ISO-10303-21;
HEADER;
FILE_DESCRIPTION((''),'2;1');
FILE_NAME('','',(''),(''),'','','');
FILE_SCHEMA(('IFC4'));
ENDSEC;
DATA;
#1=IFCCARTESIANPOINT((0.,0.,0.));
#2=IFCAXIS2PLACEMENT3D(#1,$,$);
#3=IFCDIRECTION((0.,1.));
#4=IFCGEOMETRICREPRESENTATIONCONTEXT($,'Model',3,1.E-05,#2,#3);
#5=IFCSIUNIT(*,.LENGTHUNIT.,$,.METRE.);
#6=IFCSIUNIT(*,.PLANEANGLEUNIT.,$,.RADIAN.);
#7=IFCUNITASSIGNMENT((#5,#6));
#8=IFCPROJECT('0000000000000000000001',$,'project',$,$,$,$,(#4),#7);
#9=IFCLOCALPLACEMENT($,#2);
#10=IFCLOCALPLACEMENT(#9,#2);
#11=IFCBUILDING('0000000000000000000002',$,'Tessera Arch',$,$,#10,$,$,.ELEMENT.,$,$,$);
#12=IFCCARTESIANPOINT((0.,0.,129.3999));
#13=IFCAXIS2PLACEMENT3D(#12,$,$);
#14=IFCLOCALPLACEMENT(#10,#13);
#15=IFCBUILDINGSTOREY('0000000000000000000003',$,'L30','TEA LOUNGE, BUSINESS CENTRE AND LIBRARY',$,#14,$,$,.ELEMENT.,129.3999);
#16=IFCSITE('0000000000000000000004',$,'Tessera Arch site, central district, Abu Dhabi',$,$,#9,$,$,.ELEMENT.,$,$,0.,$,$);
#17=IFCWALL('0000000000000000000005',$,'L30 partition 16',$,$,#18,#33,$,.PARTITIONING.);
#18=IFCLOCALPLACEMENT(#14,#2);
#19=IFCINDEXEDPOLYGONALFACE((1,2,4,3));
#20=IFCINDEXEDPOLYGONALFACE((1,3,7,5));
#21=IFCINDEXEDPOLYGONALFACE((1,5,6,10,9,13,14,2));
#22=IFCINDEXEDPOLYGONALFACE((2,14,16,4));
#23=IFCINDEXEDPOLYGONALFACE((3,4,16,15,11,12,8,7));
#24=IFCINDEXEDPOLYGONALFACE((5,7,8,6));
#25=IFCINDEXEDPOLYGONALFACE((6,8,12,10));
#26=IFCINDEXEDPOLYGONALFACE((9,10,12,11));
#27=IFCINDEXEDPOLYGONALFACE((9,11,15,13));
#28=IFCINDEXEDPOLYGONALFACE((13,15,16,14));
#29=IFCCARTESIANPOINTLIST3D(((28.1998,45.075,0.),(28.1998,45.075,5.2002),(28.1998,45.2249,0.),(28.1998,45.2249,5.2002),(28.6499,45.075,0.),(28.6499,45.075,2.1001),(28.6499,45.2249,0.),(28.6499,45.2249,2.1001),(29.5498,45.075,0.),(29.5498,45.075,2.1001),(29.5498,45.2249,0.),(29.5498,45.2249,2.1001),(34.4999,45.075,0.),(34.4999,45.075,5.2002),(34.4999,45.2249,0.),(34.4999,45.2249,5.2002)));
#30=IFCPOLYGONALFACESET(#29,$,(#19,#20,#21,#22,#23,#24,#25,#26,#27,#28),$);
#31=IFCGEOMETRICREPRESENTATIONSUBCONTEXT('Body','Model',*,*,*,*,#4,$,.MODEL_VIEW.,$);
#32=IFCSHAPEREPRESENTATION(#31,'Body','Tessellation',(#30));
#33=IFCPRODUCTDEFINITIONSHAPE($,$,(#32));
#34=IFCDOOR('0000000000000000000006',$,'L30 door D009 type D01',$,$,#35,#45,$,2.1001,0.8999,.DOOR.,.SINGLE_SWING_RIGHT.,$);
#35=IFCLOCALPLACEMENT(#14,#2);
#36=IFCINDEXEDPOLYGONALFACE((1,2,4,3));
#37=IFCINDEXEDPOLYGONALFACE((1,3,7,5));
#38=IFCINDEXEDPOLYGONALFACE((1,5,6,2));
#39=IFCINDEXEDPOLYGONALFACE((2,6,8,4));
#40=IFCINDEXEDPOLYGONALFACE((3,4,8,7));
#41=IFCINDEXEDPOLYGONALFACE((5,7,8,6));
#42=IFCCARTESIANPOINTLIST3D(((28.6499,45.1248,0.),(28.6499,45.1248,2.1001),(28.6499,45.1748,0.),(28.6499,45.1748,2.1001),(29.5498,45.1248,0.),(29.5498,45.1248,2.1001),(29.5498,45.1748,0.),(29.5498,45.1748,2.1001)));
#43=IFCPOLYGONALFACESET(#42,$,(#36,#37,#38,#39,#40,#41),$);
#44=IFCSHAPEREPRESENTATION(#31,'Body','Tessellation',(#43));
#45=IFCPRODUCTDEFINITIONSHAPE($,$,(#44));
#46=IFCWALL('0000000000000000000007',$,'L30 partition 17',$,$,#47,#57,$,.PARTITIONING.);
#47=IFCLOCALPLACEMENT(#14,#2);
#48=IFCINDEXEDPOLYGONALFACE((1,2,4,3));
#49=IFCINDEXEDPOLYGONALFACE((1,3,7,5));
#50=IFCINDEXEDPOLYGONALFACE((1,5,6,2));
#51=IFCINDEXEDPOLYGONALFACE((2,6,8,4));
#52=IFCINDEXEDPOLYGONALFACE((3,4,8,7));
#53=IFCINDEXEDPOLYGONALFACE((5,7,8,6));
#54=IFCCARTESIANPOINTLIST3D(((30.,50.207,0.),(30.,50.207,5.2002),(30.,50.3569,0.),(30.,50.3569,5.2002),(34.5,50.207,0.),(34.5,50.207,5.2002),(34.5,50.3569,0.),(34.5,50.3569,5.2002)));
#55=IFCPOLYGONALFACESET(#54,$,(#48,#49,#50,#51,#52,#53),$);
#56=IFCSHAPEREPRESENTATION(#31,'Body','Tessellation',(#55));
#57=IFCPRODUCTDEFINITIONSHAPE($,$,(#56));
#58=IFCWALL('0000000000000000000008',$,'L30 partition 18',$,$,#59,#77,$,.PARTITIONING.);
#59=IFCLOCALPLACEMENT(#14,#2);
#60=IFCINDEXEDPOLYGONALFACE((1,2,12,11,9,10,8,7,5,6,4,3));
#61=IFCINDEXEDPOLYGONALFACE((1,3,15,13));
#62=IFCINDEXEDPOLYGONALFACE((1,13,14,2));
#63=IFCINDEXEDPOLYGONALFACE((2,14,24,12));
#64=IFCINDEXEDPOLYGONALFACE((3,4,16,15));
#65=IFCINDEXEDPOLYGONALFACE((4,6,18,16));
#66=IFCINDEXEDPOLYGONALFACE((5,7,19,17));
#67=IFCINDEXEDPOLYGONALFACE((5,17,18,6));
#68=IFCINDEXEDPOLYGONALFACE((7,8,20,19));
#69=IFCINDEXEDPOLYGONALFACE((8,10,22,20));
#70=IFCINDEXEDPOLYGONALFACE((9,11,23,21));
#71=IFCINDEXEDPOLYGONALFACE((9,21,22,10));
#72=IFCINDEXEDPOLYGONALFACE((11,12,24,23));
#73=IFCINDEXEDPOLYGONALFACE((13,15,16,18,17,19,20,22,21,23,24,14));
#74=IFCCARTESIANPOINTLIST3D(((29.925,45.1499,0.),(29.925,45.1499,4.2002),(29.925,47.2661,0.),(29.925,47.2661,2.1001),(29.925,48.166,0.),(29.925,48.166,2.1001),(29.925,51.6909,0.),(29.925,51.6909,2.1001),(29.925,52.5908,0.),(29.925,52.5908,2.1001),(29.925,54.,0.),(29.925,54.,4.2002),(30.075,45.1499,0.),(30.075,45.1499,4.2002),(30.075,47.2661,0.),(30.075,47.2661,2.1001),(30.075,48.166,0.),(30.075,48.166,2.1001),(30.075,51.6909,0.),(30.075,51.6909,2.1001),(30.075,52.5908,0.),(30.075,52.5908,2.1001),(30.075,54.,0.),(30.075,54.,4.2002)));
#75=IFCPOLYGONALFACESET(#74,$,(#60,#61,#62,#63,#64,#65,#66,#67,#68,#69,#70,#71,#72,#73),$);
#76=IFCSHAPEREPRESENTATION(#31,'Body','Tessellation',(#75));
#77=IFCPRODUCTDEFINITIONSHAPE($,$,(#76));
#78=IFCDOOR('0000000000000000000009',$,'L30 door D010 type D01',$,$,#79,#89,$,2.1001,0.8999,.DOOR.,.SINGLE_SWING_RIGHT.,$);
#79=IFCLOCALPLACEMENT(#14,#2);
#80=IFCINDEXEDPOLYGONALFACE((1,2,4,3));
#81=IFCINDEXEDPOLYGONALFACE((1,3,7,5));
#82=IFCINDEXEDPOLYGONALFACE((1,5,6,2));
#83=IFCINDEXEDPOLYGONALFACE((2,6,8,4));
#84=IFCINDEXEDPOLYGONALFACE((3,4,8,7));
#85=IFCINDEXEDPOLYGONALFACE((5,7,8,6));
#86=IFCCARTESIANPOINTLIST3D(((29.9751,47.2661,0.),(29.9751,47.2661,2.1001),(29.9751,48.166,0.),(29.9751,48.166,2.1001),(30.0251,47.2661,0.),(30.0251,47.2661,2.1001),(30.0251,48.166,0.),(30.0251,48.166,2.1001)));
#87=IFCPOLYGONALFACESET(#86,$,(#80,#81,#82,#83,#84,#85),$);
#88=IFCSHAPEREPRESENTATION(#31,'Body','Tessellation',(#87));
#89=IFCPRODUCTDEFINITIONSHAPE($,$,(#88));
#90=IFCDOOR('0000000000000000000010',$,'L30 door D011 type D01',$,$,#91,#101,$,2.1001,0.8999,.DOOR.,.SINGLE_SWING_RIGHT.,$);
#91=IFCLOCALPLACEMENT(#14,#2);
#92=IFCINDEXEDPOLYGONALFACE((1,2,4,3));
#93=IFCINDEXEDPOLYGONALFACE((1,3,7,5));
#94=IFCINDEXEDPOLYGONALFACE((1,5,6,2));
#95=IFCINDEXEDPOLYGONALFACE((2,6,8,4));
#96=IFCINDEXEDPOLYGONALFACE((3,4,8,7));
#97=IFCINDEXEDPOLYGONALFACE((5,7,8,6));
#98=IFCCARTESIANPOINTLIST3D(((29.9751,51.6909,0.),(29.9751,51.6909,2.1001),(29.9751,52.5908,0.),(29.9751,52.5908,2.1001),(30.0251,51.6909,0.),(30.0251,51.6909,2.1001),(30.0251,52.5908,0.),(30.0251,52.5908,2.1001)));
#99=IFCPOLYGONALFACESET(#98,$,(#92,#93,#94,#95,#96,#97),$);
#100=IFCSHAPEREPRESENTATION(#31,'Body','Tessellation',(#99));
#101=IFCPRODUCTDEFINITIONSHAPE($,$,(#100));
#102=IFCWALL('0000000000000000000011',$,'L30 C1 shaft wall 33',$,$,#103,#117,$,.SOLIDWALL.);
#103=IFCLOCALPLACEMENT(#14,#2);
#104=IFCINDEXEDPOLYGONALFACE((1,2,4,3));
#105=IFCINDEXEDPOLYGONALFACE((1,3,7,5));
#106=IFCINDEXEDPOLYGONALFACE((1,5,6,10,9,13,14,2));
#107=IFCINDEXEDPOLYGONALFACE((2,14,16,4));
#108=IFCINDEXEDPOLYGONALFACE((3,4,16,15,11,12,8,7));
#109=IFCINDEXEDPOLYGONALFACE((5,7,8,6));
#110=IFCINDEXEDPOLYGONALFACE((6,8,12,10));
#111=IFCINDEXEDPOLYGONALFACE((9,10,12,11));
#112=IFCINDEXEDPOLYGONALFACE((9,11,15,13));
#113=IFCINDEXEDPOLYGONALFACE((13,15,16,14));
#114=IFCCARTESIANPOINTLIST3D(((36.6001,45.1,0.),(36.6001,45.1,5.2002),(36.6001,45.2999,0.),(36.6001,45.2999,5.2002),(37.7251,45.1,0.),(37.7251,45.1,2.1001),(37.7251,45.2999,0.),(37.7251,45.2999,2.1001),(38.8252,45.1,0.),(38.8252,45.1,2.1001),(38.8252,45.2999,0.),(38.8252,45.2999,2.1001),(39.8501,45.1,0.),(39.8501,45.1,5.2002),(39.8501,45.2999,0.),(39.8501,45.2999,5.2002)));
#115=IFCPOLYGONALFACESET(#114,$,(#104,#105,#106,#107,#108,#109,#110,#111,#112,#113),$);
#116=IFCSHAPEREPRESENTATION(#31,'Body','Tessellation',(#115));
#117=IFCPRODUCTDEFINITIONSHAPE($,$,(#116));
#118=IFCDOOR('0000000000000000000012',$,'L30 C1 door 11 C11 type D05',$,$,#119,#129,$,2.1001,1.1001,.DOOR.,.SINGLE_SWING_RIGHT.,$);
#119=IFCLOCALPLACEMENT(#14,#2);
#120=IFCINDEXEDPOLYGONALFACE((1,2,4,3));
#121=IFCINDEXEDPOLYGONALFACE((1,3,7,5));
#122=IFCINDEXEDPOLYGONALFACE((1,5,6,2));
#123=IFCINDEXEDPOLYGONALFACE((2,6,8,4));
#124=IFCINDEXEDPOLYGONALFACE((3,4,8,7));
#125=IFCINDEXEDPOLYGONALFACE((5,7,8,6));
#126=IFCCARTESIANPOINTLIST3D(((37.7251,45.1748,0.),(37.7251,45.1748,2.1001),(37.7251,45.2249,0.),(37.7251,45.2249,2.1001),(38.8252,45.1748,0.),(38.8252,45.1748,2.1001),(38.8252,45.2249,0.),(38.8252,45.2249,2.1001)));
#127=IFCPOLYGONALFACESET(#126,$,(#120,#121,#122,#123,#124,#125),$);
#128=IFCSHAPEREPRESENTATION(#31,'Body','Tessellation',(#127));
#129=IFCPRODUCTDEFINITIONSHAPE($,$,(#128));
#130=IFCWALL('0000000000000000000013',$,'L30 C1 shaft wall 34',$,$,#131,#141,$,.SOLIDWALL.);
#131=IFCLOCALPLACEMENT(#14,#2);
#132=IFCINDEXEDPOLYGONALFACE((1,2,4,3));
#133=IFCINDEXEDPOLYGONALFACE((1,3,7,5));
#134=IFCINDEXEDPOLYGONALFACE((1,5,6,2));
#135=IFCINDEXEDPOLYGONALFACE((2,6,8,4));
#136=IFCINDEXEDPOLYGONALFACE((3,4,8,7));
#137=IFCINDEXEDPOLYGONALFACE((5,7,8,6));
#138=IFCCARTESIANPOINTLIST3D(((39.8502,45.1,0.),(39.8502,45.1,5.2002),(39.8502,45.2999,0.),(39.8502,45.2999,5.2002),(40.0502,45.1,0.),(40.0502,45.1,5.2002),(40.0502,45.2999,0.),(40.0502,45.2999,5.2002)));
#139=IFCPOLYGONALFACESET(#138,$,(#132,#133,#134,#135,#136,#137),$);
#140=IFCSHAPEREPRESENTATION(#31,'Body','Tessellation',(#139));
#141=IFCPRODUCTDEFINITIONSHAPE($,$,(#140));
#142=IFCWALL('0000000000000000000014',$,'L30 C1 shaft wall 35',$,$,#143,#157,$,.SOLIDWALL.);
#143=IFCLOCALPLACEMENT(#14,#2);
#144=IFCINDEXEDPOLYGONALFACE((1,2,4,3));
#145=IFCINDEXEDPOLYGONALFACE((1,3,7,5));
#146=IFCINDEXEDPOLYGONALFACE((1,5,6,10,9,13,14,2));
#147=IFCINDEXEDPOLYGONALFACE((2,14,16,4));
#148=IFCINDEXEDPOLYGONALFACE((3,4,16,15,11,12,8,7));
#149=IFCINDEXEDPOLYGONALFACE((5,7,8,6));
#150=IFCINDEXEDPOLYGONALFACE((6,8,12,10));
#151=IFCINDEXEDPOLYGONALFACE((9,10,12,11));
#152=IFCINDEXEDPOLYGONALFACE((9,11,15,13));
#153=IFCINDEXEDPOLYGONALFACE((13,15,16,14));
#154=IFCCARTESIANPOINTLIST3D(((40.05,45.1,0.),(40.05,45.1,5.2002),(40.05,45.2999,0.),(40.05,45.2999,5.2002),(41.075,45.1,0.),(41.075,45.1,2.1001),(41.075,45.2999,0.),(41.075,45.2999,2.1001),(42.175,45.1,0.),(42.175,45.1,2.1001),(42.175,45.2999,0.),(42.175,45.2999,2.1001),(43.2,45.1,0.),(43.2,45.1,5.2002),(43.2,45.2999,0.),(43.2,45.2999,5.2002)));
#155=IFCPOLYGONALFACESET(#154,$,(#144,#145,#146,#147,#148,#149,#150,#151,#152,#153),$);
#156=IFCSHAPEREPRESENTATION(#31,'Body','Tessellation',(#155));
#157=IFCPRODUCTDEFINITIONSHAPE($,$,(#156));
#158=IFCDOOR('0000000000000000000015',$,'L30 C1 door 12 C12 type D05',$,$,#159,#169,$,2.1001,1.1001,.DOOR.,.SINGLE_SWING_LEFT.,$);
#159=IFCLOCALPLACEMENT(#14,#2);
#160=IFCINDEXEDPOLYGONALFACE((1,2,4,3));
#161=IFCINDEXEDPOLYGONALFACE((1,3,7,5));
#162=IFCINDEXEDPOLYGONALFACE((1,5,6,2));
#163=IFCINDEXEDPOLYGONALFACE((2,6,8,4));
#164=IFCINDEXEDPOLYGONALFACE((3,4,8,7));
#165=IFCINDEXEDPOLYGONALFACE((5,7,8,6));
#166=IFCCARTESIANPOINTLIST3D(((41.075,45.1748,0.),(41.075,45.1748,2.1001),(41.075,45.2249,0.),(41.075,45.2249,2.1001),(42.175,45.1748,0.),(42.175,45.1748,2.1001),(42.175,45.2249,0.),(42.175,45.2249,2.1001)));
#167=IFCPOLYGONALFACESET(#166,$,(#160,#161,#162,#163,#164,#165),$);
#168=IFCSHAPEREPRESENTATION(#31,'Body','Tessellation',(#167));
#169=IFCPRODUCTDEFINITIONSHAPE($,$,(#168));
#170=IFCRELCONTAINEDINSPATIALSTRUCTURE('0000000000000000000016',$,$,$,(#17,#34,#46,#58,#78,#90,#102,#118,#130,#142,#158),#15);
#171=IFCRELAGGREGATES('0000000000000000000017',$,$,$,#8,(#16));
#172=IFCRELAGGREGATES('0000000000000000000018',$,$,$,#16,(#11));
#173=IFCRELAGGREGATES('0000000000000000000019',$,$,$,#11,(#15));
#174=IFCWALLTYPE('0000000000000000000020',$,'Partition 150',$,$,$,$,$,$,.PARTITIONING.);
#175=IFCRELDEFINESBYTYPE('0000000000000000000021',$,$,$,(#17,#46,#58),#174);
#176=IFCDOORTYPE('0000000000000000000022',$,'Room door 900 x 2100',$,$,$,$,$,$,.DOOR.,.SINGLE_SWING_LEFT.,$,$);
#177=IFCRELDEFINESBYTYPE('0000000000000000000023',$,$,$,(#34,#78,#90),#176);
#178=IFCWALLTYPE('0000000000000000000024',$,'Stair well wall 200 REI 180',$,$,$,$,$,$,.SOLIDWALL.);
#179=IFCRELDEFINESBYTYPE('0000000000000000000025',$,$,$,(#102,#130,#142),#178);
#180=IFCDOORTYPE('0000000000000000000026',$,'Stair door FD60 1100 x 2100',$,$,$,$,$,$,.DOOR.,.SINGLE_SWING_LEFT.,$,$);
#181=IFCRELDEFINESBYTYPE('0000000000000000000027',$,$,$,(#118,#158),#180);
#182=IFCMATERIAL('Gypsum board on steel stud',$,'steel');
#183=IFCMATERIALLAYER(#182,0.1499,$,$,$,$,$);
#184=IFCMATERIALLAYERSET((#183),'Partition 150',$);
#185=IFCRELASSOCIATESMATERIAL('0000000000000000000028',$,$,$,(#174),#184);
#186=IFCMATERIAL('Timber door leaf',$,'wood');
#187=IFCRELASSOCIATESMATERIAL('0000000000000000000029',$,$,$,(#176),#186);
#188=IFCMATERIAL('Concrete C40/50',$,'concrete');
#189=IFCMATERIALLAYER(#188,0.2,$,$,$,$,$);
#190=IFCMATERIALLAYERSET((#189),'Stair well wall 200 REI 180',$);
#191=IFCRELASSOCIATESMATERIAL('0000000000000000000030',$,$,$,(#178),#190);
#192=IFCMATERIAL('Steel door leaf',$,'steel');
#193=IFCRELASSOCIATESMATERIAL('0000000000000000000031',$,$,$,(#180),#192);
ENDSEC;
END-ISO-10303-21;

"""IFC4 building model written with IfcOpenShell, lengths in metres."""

from ifc_helpers import new_model, si_unit, direction, frame, frame_2d, origin, place, context, subcontext, project, spatial, rectangle, extrude, material, layer, layer_set, type_object, element, fill, save


model = new_model("IFC4")

# Units and contexts
model_context = context("Model", 3, precision=1e-05, world=origin(), true_north=direction((0.0, 1.0)))
body_context = subcontext(model_context, "Body", "Model", "MODEL_VIEW")
ifc_project = project(units=[si_unit("LENGTHUNIT", "METRE"), si_unit("PLANEANGLEUNIT", "RADIAN")], contexts=[model_context])

# Site, building, storey
site_placement = place(None, origin())
site = spatial("IfcSite", under=ifc_project, at=site_placement, Name="Tessera Arch site, central district, Abu Dhabi", CompositionType="ELEMENT", RefElevation=0.0)
building_placement = place(site_placement, origin())
building = spatial("IfcBuilding", under=site, at=building_placement, Name="Tessera Arch", CompositionType="ELEMENT")
storey_placement = place(building_placement, frame((0.0, 0.0, 129.3999)))
storey = spatial("IfcBuildingStorey", under=building, at=storey_placement, Name="L30", Description="TEA LOUNGE, BUSINESS CENTRE AND LIBRARY", CompositionType="ELEMENT", Elevation=129.3999)

# Wall, opening, door
ifc_material_1 = material(Name="Gypsum board on steel stud", Category="steel")
ifc_layer_1 = layer(ifc_material_1, 0.1499)
ifc_layer_set_1 = layer_set([ifc_layer_1], Name="Partition 150")
wall_type_1 = type_object("IfcWallType", Name="Partition 150", PredefinedType="PARTITIONING", material=ifc_layer_set_1)
wall_1_placement = place(storey_placement, frame((28.2, 45.1499, 0.0), z_axis=(0.0, 0.0, 1.0), x_axis=(1.0, 0.0, 0.0)))
wall_1 = element("IfcWall", 1, at=wall_1_placement, inside=storey, type_object=wall_type_1, Name="L30 partition 16", PredefinedType="PARTITIONING", context=body_context, shape_type="SweptSolid", body=[
    extrude(rectangle(XDim=6.3, YDim=0.1499, at=frame_2d((3.1499, 0.0))), origin(), (0.0, 0.0, 1.0), 5.2002),
])
opening_1_placement = place(wall_1_placement, frame((0.45, 0.0, 0.0)))
opening_1 = element("IfcOpeningElement", 2, at=opening_1_placement, cuts=wall_1, PredefinedType="OPENING", context=body_context, shape_type="SweptSolid", body=[
    extrude(rectangle(XDim=0.8999, YDim=2.1001, at=frame_2d((0.45, 1.05))), frame((0.0, 0.085, 0.0), z_axis=(0.0, -1.0, 0.0), x_axis=(1.0, 0.0, 0.0)), (0.0, 0.0, 1.0), 0.1699),
])
ifc_material_2 = material(Name="Timber door leaf", Category="wood")
door_type_1 = type_object("IfcDoorType", Name="Room door 900 x 2100", OperationType="SINGLE_SWING_LEFT", PredefinedType="DOOR", material=ifc_material_2)
door_1_placement = place(opening_1_placement, origin())
door_1 = element("IfcDoor", 3, at=door_1_placement, inside=storey, type_object=door_type_1, Name="L30 door D009 type D01", OperationType="SINGLE_SWING_RIGHT", OverallHeight=2.1001, OverallWidth=0.8999, PredefinedType="DOOR", context=body_context, shape_type="SweptSolid", body=[
    extrude(rectangle(XDim=0.8999, YDim=2.1001, at=frame_2d((0.45, 1.05))), frame((0.0, 0.0249, 0.0), z_axis=(0.0, -1.0, 0.0), x_axis=(1.0, 0.0, 0.0)), (0.0, 0.0, 1.0), 0.05),
])
fill(opening_1, door_1)

# Wall
wall_2_placement = place(storey_placement, frame((30.0, 50.282, 0.0), z_axis=(0.0, 0.0, 1.0), x_axis=(1.0, 0.0, 0.0)))
element("IfcWall", 4, at=wall_2_placement, inside=storey, type_object=wall_type_1, Name="L30 partition 17", PredefinedType="PARTITIONING", context=body_context, shape_type="SweptSolid", body=[
    extrude(rectangle(XDim=4.5, YDim=0.1499, at=frame_2d((2.25, 0.0))), origin(), (0.0, 0.0, 1.0), 5.2002),
])

# Wall, openings, doors
wall_3_placement = place(storey_placement, frame((30.0, 45.1499, 0.0), z_axis=(0.0, 0.0, 1.0), x_axis=(0.0, 1.0, 0.0)))
wall_3 = element("IfcWall", 5, at=wall_3_placement, inside=storey, type_object=wall_type_1, Name="L30 partition 18", PredefinedType="PARTITIONING", context=body_context, shape_type="SweptSolid", body=[
    extrude(rectangle(XDim=8.8501, YDim=0.1499, at=frame_2d((4.425, 0.0))), origin(), (0.0, 0.0, 1.0), 4.2002),
])
opening_2_placement = place(wall_3_placement, frame((2.1162, 0.0, 0.0)))
opening_2 = element("IfcOpeningElement", 6, at=opening_2_placement, cuts=wall_3, PredefinedType="OPENING", context=body_context, shape_type="SweptSolid", body=[
    extrude(rectangle(XDim=0.8999, YDim=2.1001, at=frame_2d((0.45, 1.05))), frame((0.0, 0.085, 0.0), z_axis=(0.0, -1.0, 0.0), x_axis=(1.0, 0.0, 0.0)), (0.0, 0.0, 1.0), 0.1699),
])
opening_3_placement = place(wall_3_placement, frame((6.541, 0.0, 0.0)))
opening_3 = element("IfcOpeningElement", 7, at=opening_3_placement, cuts=wall_3, PredefinedType="OPENING", context=body_context, shape_type="SweptSolid", body=[
    extrude(rectangle(XDim=0.8999, YDim=2.1001, at=frame_2d((0.45, 1.05))), frame((0.0, 0.085, 0.0), z_axis=(0.0, -1.0, 0.0), x_axis=(1.0, 0.0, 0.0)), (0.0, 0.0, 1.0), 0.1699),
])
door_2_placement = place(opening_2_placement, origin())
door_2 = element("IfcDoor", 8, at=door_2_placement, inside=storey, type_object=door_type_1, Name="L30 door D010 type D01", OperationType="SINGLE_SWING_RIGHT", OverallHeight=2.1001, OverallWidth=0.8999, PredefinedType="DOOR", context=body_context, shape_type="SweptSolid", body=[
    extrude(rectangle(XDim=0.8999, YDim=2.1001, at=frame_2d((0.45, 1.05))), frame((0.0, 0.0249, 0.0), z_axis=(0.0, -1.0, 0.0), x_axis=(1.0, 0.0, 0.0)), (0.0, 0.0, 1.0), 0.05),
])
fill(opening_2, door_2)
door_3_placement = place(opening_3_placement, origin())
door_3 = element("IfcDoor", 9, at=door_3_placement, inside=storey, type_object=door_type_1, Name="L30 door D011 type D01", OperationType="SINGLE_SWING_RIGHT", OverallHeight=2.1001, OverallWidth=0.8999, PredefinedType="DOOR", context=body_context, shape_type="SweptSolid", body=[
    extrude(rectangle(XDim=0.8999, YDim=2.1001, at=frame_2d((0.45, 1.05))), frame((0.0, 0.0249, 0.0), z_axis=(0.0, -1.0, 0.0), x_axis=(1.0, 0.0, 0.0)), (0.0, 0.0, 1.0), 0.05),
])
fill(opening_3, door_3)

# Wall, opening, door
ifc_material_3 = material(Name="Concrete C40/50", Category="concrete")
ifc_layer_2 = layer(ifc_material_3, 0.2)
ifc_layer_set_2 = layer_set([ifc_layer_2], Name="Stair well wall 200 REI 180")
wall_type_2 = type_object("IfcWallType", Name="Stair well wall 200 REI 180", PredefinedType="SOLIDWALL", material=ifc_layer_set_2)
wall_4_placement = place(storey_placement, frame((36.6001, 45.2, 0.0), z_axis=(0.0, 0.0, 1.0), x_axis=(1.0, 0.0, 0.0)))
wall_4 = element("IfcWall", 10, at=wall_4_placement, inside=storey, type_object=wall_type_2, Name="L30 C1 shaft wall 33", PredefinedType="SOLIDWALL", context=body_context, shape_type="SweptSolid", body=[
    extrude(rectangle(XDim=3.25, YDim=0.2, at=frame_2d((1.625, 0.0))), origin(), (0.0, 0.0, 1.0), 5.2002),
])
opening_4_placement = place(wall_4_placement, frame((1.125, 0.0, 0.0)))
opening_4 = element("IfcOpeningElement", 11, at=opening_4_placement, cuts=wall_4, PredefinedType="OPENING", context=body_context, shape_type="SweptSolid", body=[
    extrude(rectangle(XDim=1.1001, YDim=2.1001, at=frame_2d((0.55, 1.05))), frame((0.0, 0.1099, 0.0), z_axis=(0.0, -1.0, 0.0), x_axis=(1.0, 0.0, 0.0)), (0.0, 0.0, 1.0), 0.22),
])
ifc_material_4 = material(Name="Steel door leaf", Category="steel")
door_type_2 = type_object("IfcDoorType", Name="Stair door FD60 1100 x 2100", OperationType="SINGLE_SWING_LEFT", PredefinedType="DOOR", material=ifc_material_4)
door_4_placement = place(opening_4_placement, origin())
door_4 = element("IfcDoor", 12, at=door_4_placement, inside=storey, type_object=door_type_2, Name="L30 C1 door 11 C11 type D05", OperationType="SINGLE_SWING_RIGHT", OverallHeight=2.1001, OverallWidth=1.1001, PredefinedType="DOOR", context=body_context, shape_type="SweptSolid", body=[
    extrude(rectangle(XDim=1.1001, YDim=2.1001, at=frame_2d((0.55, 1.05))), frame((0.0, 0.0249, 0.0), z_axis=(0.0, -1.0, 0.0), x_axis=(1.0, 0.0, 0.0)), (0.0, 0.0, 1.0), 0.05),
])
fill(opening_4, door_4)

# Wall
wall_5_placement = place(storey_placement, frame((39.8501, 45.2, 0.0), z_axis=(0.0, 0.0, 1.0), x_axis=(1.0, 0.0, 0.0)))
element("IfcWall", 13, at=wall_5_placement, inside=storey, type_object=wall_type_2, Name="L30 C1 shaft wall 34", PredefinedType="SOLIDWALL", context=body_context, shape_type="SweptSolid", body=[
    extrude(rectangle(XDim=0.2, YDim=0.2, at=frame_2d((0.1001, 0.0))), origin(), (0.0, 0.0, 1.0), 5.2002),
])

# Wall, opening, door
wall_6_placement = place(storey_placement, frame((40.05, 45.2, 0.0), z_axis=(0.0, 0.0, 1.0), x_axis=(1.0, 0.0, 0.0)))
wall_6 = element("IfcWall", 14, at=wall_6_placement, inside=storey, type_object=wall_type_2, Name="L30 C1 shaft wall 35", PredefinedType="SOLIDWALL", context=body_context, shape_type="SweptSolid", body=[
    extrude(rectangle(XDim=3.1499, YDim=0.2, at=frame_2d((1.575, 0.0))), origin(), (0.0, 0.0, 1.0), 5.2002),
])
opening_5_placement = place(wall_6_placement, frame((1.0249, 0.0, 0.0)))
opening_5 = element("IfcOpeningElement", 15, at=opening_5_placement, cuts=wall_6, PredefinedType="OPENING", context=body_context, shape_type="SweptSolid", body=[
    extrude(rectangle(XDim=1.1001, YDim=2.1001, at=frame_2d((0.55, 1.05))), frame((0.0, 0.1099, 0.0), z_axis=(0.0, -1.0, 0.0), x_axis=(1.0, 0.0, 0.0)), (0.0, 0.0, 1.0), 0.22),
])
door_5_placement = place(opening_5_placement, origin())
door_5 = element("IfcDoor", 16, at=door_5_placement, inside=storey, type_object=door_type_2, Name="L30 C1 door 12 C12 type D05", OperationType="SINGLE_SWING_LEFT", OverallHeight=2.1001, OverallWidth=1.1001, PredefinedType="DOOR", context=body_context, shape_type="SweptSolid", body=[
    extrude(rectangle(XDim=1.1001, YDim=2.1001, at=frame_2d((0.55, 1.05))), frame((0.0, 0.0249, 0.0), z_axis=(0.0, -1.0, 0.0), x_axis=(1.0, 0.0, 0.0)), (0.0, 0.0, 1.0), 0.05),
])
fill(opening_5, door_5)

save(model, "model.ifc")
